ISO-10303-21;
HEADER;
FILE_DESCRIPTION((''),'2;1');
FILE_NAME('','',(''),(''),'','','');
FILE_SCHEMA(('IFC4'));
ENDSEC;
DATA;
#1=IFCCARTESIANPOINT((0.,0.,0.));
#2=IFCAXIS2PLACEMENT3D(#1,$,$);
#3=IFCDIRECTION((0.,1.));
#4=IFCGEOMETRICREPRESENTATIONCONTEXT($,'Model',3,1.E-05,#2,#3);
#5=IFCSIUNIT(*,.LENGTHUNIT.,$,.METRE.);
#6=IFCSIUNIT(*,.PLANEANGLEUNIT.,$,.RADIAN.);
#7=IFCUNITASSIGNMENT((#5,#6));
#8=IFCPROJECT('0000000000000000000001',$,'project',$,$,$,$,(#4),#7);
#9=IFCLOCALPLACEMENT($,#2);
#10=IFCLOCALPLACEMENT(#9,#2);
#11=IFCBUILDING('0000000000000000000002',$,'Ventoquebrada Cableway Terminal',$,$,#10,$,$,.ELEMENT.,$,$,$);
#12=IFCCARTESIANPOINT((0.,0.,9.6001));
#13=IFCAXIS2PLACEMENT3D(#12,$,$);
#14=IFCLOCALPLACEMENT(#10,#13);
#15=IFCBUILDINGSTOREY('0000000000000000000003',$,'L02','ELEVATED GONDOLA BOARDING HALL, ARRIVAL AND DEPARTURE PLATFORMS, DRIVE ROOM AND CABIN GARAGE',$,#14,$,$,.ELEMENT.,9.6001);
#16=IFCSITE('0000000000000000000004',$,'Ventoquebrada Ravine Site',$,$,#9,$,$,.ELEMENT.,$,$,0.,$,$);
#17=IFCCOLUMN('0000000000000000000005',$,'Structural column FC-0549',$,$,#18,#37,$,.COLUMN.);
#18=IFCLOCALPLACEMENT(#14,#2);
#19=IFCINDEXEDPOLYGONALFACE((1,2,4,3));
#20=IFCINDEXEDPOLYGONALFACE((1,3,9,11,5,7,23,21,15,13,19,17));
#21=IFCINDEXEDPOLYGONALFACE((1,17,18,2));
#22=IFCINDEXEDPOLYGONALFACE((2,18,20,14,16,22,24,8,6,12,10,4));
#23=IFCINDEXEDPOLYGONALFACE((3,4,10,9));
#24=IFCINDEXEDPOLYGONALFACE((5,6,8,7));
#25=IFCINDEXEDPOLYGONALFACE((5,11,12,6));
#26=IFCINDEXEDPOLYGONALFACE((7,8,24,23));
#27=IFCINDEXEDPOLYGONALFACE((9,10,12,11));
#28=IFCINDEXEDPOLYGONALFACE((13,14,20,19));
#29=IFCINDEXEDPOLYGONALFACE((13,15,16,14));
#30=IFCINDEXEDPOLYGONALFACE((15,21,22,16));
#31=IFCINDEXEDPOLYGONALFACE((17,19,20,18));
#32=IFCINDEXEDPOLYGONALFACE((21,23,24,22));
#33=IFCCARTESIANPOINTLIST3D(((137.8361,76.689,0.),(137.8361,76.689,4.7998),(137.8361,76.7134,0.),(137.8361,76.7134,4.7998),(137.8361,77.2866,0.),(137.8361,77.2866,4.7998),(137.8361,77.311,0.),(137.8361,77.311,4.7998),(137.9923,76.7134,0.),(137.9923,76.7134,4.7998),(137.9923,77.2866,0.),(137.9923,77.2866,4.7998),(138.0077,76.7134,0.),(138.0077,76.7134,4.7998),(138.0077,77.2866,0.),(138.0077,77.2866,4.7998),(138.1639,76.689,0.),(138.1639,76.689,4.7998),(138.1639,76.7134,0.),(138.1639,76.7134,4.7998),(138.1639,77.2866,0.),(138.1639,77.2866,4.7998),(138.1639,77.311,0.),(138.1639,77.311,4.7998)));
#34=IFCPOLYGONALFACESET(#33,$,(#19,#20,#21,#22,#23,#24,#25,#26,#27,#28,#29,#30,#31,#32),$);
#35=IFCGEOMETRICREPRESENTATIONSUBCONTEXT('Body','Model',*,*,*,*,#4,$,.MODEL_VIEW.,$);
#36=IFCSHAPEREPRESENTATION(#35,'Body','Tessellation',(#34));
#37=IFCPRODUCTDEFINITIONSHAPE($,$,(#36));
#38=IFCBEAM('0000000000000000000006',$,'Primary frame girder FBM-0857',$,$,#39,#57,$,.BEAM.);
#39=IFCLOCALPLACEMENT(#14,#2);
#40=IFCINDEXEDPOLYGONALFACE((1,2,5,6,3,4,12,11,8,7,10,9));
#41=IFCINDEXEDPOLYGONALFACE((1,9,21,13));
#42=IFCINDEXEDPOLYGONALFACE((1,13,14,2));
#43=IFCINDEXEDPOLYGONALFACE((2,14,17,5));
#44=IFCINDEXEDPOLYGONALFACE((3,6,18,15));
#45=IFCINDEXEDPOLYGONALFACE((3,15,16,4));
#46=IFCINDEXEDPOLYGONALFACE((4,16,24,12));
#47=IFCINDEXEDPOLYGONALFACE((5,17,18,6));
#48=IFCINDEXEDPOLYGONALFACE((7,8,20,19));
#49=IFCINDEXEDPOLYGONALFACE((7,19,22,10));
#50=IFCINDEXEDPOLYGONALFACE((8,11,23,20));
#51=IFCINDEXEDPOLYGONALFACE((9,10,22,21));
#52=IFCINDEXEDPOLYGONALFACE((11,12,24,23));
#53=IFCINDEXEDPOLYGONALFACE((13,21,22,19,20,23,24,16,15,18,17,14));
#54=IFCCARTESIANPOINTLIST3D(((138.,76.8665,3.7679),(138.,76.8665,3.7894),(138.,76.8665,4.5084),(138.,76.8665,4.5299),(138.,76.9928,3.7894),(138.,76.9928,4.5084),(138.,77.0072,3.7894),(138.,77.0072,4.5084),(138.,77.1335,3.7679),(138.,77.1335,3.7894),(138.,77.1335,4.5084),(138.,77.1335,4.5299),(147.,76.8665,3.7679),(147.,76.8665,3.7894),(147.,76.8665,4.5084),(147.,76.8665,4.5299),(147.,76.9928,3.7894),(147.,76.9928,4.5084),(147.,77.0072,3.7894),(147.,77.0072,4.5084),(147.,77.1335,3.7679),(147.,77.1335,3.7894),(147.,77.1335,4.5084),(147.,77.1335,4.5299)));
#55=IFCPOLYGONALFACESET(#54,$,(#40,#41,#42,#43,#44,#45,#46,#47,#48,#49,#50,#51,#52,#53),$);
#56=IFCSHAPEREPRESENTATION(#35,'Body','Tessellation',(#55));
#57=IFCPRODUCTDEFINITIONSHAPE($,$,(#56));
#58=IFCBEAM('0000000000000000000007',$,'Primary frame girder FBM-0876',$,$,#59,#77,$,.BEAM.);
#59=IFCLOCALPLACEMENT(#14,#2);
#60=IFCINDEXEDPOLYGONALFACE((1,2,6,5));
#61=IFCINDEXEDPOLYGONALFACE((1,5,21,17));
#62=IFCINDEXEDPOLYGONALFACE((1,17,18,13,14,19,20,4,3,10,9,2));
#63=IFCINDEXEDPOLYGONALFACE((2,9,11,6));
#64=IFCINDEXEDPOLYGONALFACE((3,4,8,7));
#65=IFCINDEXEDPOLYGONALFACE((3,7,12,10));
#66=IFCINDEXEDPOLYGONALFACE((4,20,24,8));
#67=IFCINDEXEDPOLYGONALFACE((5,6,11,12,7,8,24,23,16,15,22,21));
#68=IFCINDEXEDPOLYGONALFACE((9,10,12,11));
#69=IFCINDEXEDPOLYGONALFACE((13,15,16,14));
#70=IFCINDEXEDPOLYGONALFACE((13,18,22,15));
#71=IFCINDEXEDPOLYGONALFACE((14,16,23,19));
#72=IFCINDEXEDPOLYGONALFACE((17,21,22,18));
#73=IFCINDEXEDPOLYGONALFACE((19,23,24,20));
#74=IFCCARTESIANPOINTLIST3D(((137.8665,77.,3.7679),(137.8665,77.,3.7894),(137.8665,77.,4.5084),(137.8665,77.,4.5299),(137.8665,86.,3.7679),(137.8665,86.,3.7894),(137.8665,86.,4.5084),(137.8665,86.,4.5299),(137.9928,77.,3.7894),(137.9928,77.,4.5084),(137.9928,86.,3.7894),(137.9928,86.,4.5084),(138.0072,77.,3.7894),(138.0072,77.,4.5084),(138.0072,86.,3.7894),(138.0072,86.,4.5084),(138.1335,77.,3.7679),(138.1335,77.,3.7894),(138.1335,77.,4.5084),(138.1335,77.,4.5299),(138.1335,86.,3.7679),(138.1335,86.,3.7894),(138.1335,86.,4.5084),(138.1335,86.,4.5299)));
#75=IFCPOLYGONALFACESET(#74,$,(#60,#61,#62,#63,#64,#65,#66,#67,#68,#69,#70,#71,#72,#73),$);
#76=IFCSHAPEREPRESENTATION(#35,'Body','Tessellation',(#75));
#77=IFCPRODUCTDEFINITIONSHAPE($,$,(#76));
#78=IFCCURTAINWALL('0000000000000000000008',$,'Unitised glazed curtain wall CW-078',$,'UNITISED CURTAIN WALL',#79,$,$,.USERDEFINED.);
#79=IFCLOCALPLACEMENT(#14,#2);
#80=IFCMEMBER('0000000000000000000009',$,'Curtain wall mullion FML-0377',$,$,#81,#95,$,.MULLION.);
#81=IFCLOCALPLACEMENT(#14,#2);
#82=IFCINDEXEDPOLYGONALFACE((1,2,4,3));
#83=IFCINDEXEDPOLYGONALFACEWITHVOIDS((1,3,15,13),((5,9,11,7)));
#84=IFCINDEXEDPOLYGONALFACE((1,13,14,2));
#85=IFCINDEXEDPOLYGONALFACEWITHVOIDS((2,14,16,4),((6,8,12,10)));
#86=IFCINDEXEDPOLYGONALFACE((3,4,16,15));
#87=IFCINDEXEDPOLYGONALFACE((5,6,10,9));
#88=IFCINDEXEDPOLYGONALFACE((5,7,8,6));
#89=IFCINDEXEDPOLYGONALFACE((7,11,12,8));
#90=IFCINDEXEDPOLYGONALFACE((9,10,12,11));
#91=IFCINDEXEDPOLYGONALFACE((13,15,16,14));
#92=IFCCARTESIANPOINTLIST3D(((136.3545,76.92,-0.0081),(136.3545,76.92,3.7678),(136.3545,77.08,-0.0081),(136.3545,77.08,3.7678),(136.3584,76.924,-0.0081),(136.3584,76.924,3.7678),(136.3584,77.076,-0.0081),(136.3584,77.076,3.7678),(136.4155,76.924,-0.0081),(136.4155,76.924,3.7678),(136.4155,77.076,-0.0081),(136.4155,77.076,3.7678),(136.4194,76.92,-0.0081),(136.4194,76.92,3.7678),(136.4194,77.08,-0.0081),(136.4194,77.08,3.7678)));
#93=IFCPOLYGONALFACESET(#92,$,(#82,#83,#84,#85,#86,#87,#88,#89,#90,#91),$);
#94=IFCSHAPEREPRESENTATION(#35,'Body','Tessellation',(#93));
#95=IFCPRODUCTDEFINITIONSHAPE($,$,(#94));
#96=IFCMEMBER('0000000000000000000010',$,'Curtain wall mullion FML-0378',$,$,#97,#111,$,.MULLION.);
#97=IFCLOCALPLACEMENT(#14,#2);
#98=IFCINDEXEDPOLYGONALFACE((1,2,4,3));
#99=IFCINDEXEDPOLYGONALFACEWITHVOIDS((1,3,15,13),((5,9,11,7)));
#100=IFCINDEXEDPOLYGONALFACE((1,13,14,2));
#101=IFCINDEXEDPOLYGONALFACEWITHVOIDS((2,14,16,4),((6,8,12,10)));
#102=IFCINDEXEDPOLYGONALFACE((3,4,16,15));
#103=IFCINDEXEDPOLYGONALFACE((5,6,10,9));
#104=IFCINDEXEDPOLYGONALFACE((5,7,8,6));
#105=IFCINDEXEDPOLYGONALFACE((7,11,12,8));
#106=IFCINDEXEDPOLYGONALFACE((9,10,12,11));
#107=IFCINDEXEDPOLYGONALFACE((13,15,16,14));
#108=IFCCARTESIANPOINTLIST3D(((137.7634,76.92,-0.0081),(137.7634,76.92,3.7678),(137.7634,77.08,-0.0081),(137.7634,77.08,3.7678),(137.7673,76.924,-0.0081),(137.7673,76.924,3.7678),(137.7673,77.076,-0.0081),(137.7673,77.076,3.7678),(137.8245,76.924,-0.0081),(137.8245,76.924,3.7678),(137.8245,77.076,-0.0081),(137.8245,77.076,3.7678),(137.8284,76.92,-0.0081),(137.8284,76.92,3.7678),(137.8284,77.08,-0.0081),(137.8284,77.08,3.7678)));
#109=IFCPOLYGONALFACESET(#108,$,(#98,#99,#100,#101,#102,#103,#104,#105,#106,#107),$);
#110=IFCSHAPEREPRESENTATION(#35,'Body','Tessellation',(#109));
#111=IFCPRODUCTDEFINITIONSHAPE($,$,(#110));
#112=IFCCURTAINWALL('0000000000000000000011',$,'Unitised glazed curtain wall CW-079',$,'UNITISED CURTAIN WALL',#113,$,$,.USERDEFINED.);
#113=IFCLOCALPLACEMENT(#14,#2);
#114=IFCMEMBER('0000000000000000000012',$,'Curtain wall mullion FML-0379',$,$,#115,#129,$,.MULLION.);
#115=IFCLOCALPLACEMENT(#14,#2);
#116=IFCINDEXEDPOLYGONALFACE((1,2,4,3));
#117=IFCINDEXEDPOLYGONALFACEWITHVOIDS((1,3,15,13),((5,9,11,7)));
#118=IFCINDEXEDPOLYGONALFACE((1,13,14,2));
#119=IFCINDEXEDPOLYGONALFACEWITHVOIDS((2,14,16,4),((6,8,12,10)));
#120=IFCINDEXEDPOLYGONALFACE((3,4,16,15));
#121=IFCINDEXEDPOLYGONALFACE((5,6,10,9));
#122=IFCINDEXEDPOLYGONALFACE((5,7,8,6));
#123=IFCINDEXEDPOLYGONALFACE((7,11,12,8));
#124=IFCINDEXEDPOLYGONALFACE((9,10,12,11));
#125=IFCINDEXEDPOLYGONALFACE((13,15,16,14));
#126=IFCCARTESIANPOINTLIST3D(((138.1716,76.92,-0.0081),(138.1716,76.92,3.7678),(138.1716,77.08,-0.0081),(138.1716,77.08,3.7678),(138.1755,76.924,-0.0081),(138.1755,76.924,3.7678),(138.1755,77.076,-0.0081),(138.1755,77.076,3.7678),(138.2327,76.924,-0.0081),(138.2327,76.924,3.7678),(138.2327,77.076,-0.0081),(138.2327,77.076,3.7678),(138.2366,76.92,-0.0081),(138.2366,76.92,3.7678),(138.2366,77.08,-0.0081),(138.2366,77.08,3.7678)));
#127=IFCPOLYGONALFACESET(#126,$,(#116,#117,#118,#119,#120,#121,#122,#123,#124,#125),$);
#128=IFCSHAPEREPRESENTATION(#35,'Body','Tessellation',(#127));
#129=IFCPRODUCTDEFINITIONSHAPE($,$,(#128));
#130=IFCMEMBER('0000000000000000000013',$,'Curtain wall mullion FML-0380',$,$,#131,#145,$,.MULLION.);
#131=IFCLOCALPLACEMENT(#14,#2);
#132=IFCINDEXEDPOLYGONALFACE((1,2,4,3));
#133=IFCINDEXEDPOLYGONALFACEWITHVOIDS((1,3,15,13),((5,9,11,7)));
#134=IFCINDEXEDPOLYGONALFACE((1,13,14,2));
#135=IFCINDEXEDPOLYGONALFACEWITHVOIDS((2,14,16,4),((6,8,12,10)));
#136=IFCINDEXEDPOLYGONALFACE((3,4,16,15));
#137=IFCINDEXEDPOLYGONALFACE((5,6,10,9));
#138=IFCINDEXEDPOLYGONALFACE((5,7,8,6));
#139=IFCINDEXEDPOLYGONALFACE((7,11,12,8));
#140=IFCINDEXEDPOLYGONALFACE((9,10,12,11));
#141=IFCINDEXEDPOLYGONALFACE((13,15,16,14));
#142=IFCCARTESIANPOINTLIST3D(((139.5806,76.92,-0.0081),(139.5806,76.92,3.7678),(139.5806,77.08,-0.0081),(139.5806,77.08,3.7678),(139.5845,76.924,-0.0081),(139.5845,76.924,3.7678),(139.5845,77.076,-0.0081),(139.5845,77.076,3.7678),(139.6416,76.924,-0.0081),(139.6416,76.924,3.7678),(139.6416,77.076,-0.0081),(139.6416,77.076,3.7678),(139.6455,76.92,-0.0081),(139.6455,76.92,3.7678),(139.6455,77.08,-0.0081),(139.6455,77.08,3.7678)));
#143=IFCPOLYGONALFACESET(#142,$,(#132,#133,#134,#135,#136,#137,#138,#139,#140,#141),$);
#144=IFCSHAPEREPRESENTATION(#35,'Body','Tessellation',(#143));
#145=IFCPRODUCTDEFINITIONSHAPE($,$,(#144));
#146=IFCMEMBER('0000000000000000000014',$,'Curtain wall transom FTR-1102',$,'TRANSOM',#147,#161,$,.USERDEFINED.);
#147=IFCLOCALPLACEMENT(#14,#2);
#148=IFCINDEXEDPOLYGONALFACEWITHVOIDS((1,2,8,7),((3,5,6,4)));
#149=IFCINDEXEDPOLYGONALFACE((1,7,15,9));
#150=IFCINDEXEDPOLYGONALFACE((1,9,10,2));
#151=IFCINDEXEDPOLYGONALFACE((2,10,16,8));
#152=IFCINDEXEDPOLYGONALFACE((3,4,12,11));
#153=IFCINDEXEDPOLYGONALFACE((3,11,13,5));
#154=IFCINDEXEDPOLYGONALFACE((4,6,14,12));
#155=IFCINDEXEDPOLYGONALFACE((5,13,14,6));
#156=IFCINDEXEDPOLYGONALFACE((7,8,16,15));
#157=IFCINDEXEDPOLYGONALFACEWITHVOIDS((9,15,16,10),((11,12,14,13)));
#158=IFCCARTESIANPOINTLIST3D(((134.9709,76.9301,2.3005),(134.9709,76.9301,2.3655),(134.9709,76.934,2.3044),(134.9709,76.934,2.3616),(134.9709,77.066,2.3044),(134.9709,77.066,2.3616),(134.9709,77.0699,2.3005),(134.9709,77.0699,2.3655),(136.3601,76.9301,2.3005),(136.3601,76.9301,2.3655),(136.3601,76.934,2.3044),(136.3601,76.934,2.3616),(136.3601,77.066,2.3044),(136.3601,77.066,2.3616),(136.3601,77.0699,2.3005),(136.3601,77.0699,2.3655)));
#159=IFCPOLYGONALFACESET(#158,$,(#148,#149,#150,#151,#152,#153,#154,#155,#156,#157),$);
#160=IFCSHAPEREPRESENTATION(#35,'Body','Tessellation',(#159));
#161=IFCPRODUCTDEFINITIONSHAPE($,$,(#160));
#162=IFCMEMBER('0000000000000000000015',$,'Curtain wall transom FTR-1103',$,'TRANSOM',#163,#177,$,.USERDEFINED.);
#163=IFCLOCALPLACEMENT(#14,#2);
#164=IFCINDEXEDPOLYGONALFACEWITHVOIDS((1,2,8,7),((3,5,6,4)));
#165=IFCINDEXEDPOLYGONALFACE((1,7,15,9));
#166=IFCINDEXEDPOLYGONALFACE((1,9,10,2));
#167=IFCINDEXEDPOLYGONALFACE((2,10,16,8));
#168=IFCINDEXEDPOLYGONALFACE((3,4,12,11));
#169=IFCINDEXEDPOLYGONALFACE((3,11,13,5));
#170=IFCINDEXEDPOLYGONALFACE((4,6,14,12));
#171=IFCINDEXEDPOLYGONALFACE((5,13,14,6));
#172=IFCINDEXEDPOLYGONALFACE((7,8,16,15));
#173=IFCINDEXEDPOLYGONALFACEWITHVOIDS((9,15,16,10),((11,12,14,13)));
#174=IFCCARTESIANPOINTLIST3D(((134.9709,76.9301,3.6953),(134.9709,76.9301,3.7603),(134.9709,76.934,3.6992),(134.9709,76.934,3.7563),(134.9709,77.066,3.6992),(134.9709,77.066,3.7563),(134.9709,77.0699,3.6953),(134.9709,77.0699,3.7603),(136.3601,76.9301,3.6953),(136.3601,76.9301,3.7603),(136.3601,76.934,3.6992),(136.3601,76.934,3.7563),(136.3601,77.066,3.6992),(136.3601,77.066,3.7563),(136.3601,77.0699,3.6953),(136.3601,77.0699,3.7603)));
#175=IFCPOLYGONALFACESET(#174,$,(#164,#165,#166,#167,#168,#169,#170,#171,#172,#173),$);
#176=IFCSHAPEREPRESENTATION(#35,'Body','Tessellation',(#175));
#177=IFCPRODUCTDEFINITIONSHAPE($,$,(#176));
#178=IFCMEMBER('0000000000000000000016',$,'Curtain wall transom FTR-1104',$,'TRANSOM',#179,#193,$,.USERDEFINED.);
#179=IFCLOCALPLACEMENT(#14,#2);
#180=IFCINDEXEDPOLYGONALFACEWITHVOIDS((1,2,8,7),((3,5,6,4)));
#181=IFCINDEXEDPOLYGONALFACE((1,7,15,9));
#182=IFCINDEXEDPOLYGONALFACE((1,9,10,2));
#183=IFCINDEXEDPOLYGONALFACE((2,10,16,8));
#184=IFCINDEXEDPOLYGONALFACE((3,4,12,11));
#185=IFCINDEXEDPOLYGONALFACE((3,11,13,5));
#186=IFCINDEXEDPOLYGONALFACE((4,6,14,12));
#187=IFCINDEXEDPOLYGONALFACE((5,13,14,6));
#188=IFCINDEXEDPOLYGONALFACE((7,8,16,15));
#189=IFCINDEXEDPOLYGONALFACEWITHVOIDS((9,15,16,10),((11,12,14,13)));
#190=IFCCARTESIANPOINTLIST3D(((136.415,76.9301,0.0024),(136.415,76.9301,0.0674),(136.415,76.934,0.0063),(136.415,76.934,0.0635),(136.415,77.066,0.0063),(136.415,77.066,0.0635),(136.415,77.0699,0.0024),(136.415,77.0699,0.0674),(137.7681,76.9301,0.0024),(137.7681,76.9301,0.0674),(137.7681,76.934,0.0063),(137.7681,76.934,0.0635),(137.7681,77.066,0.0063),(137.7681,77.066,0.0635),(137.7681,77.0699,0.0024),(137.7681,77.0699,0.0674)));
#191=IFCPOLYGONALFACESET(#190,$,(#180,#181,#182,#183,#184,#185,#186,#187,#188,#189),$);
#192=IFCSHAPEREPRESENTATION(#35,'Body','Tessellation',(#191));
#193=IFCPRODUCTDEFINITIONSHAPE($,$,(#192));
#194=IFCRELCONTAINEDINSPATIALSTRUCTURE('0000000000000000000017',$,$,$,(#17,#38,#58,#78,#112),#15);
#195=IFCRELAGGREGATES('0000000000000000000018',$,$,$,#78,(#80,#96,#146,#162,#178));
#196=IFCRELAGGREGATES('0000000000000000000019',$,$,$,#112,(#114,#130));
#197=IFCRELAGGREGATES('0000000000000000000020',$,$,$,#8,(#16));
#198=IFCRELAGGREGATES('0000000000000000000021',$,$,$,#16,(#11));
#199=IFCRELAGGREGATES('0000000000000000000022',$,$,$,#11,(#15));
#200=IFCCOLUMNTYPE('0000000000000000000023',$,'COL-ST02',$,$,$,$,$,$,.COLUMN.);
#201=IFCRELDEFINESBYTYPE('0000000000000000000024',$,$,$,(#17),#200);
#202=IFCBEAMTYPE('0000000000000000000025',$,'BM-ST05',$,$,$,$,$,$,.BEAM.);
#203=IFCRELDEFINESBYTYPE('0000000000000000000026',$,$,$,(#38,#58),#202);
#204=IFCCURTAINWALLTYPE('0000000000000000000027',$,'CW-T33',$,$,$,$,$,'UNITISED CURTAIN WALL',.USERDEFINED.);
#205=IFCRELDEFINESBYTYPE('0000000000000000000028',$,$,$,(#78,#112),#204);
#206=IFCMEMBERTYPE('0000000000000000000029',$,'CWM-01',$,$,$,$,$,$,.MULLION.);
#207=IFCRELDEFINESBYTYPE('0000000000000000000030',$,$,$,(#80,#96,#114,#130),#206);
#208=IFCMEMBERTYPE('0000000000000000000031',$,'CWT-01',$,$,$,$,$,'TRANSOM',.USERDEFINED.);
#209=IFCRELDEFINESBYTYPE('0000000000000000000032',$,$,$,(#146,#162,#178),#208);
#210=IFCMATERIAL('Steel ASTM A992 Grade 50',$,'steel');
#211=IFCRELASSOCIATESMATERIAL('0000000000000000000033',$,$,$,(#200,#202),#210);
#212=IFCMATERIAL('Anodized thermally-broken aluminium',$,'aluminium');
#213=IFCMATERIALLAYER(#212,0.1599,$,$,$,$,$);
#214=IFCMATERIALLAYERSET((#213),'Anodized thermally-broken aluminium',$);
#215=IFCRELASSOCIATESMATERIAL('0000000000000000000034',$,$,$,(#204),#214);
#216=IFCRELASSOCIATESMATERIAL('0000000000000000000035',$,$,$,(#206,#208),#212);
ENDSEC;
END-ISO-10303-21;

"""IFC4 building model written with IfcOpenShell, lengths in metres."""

from ifc_helpers import new_model, si_unit, direction, frame, origin, origin_2d, place, context, subcontext, project, spatial, hollow_rectangle, i_section, extrude, material, layer, layer_set, material_profile, profile_set, type_object, element, aggregate, save


model = new_model("IFC4")

# Units and contexts
model_context = context("Model", 3, precision=1e-05, world=origin(), true_north=direction((0.0, 1.0)))
body_context = subcontext(model_context, "Body", "Model", "MODEL_VIEW")
ifc_project = project(units=[si_unit("LENGTHUNIT", "METRE"), si_unit("PLANEANGLEUNIT", "RADIAN")], contexts=[model_context])

# Site, building, storey
site_placement = place(None, origin())
site = spatial("IfcSite", under=ifc_project, at=site_placement, Name="Ventoquebrada Ravine Site", CompositionType="ELEMENT", RefElevation=0.0)
building_placement = place(site_placement, origin())
building = spatial("IfcBuilding", under=site, at=building_placement, Name="Ventoquebrada Cableway Terminal", CompositionType="ELEMENT")
storey_placement = place(building_placement, frame((0.0, 0.0, 9.6001)))
storey = spatial("IfcBuildingStorey", under=building, at=storey_placement, Name="L02", Description="ELEVATED GONDOLA BOARDING HALL, ARRIVAL AND DEPARTURE PLATFORMS, DRIVE ROOM AND CABIN GARAGE", CompositionType="ELEMENT", Elevation=9.6001)

# Column
ifc_material_1 = material(Name="Steel ASTM A992 Grade 50", Category="steel")
ifc_material_profile_1 = material_profile(ifc_material_1, i_section(OverallWidth=0.3279, OverallDepth=0.6221, WebThickness=0.0154, FlangeThickness=0.0244, at=origin_2d()), Name="W24X131")
ifc_profile_set_1 = profile_set([ifc_material_profile_1], Name="Steel ASTM A992 Grade 50")
column_type = type_object("IfcColumnType", Name="COL-ST02", PredefinedType="COLUMN", material=ifc_profile_set_1)
column_placement = place(storey_placement, frame((138.0, 77.0, 0.0), z_axis=(0.0, 0.0, 1.0), x_axis=(1.0, 0.0, 0.0)))
element("IfcColumn", 1, at=column_placement, inside=storey, type_object=column_type, Name="Structural column FC-0549", PredefinedType="COLUMN", context=body_context, shape_type="SweptSolid", body=[
    extrude(i_section(OverallWidth=0.3279, OverallDepth=0.6221, WebThickness=0.0154, FlangeThickness=0.0244, at=origin_2d()), origin(), (0.0, 0.0, 1.0), 4.7998),
])

# Beams
ifc_material_profile_2 = material_profile(ifc_material_1, i_section(OverallWidth=0.2671, OverallDepth=0.762, WebThickness=0.0144, FlangeThickness=0.0215, at=origin_2d()), Name="W30X116")
ifc_profile_set_2 = profile_set([ifc_material_profile_2], Name="Steel ASTM A992 Grade 50")
beam_type = type_object("IfcBeamType", Name="BM-ST05", PredefinedType="BEAM", material=ifc_profile_set_2)
for number, where, z_axis, x_axis, name in (
    (2, (138.0, 77.0, 4.1489), (1.0, 0.0, 0.0), (0.0, 1.0, 0.0), "Primary frame girder FBM-0857"),
    (3, (138.0, 77.0, 4.1489), (0.0, 1.0, 0.0), (-1.0, 0.0, 0.0), "Primary frame girder FBM-0876"),
):
    element("IfcBeam", number, at=place(storey_placement, frame(where, z_axis=z_axis, x_axis=x_axis)), inside=storey, type_object=beam_type, Name=name, PredefinedType="BEAM", context=body_context, shape_type="SweptSolid", body=[
        extrude(i_section(OverallWidth=0.2671, OverallDepth=0.762, WebThickness=0.0144, FlangeThickness=0.0215, at=origin_2d()), origin(), (0.0, 0.0, 1.0), 9.0),
    ])

# Curtain walls, members
ifc_material_2 = material(Name="Anodized thermally-broken aluminium", Category="aluminium")
ifc_layer_1 = layer(ifc_material_2, 0.1599)
ifc_layer_set_1 = layer_set([ifc_layer_1], Name="Anodized thermally-broken aluminium")
curtain_wall_type = type_object("IfcCurtainWallType", Name="CW-T33", ElementType="UNITISED CURTAIN WALL", PredefinedType="USERDEFINED", material=ifc_layer_set_1)
curtain_wall_1_placement = place(storey_placement, origin())
curtain_wall_1 = element("IfcCurtainWall", 4, at=curtain_wall_1_placement, inside=storey, type_object=curtain_wall_type, Name="Unitised glazed curtain wall CW-078", ObjectType="UNITISED CURTAIN WALL", PredefinedType="USERDEFINED")
ifc_material_profile_3 = material_profile(ifc_material_2, hollow_rectangle(XDim=0.0649, YDim=0.1599, WallThickness=0.0039, at=origin_2d()), Name="CW-MUL-65X160")
ifc_profile_set_3 = profile_set([ifc_material_profile_3], Name="Anodized thermally-broken aluminium")
member_type_1 = type_object("IfcMemberType", Name="CWM-01", PredefinedType="MULLION", material=ifc_profile_set_3)
member_1_placement = place(storey_placement, frame((136.387, 77.0, -0.0081), z_axis=(0.0, 0.0, 1.0), x_axis=(1.0, 0.0, 0.0)))
member_1 = element("IfcMember", 5, at=member_1_placement, type_object=member_type_1, Name="Curtain wall mullion FML-0377", PredefinedType="MULLION", context=body_context, shape_type="SweptSolid", body=[
    extrude(hollow_rectangle(XDim=0.0649, YDim=0.1599, WallThickness=0.0039, at=origin_2d()), origin(), (0.0, 0.0, 1.0), 3.7759),
])
member_2_placement = place(storey_placement, frame((137.7959, 77.0, -0.0081), z_axis=(0.0, 0.0, 1.0), x_axis=(1.0, 0.0, 0.0)))
member_2 = element("IfcMember", 6, at=member_2_placement, type_object=member_type_1, Name="Curtain wall mullion FML-0378", PredefinedType="MULLION", context=body_context, shape_type="SweptSolid", body=[
    extrude(hollow_rectangle(XDim=0.0649, YDim=0.1599, WallThickness=0.0039, at=origin_2d()), origin(), (0.0, 0.0, 1.0), 3.7759),
])
curtain_wall_2_placement = place(storey_placement, origin())
curtain_wall_2 = element("IfcCurtainWall", 7, at=curtain_wall_2_placement, inside=storey, type_object=curtain_wall_type, Name="Unitised glazed curtain wall CW-079", ObjectType="UNITISED CURTAIN WALL", PredefinedType="USERDEFINED")
member_3_placement = place(storey_placement, frame((138.2041, 77.0, -0.0081), z_axis=(0.0, 0.0, 1.0), x_axis=(1.0, 0.0, 0.0)))
member_3 = element("IfcMember", 8, at=member_3_placement, type_object=member_type_1, Name="Curtain wall mullion FML-0379", PredefinedType="MULLION", context=body_context, shape_type="SweptSolid", body=[
    extrude(hollow_rectangle(XDim=0.0649, YDim=0.1599, WallThickness=0.0039, at=origin_2d()), origin(), (0.0, 0.0, 1.0), 3.7759),
])
member_4_placement = place(storey_placement, frame((139.613, 77.0, -0.0081), z_axis=(0.0, 0.0, 1.0), x_axis=(1.0, 0.0, 0.0)))
member_4 = element("IfcMember", 9, at=member_4_placement, type_object=member_type_1, Name="Curtain wall mullion FML-0380", PredefinedType="MULLION", context=body_context, shape_type="SweptSolid", body=[
    extrude(hollow_rectangle(XDim=0.0649, YDim=0.1599, WallThickness=0.0039, at=origin_2d()), origin(), (0.0, 0.0, 1.0), 3.7759),
])

# Members
ifc_material_profile_4 = material_profile(ifc_material_2, hollow_rectangle(XDim=0.0649, YDim=0.1399, WallThickness=0.0039, at=origin_2d()), Name="CW-TRN-65X140")
ifc_profile_set_4 = profile_set([ifc_material_profile_4], Name="Anodized thermally-broken aluminium")
member_type_2 = type_object("IfcMemberType", Name="CWT-01", ElementType="TRANSOM", PredefinedType="USERDEFINED", material=ifc_profile_set_4)
member_5_placement = place(storey_placement, frame((134.9709, 77.0, 2.333), z_axis=(1.0, 0.0, 0.0), x_axis=(0.0, 0.0, 1.0)))
member_5 = element("IfcMember", 10, at=member_5_placement, type_object=member_type_2, Name="Curtain wall transom FTR-1102", ObjectType="TRANSOM", PredefinedType="USERDEFINED", context=body_context, shape_type="SweptSolid", body=[
    extrude(hollow_rectangle(XDim=0.0649, YDim=0.1399, WallThickness=0.0039, at=origin_2d()), origin(), (0.0, 0.0, 1.0), 1.3892),
])
member_6_placement = place(storey_placement, frame((134.9709, 77.0, 3.7278), z_axis=(1.0, 0.0, 0.0), x_axis=(0.0, 0.0, 1.0)))
member_6 = element("IfcMember", 11, at=member_6_placement, type_object=member_type_2, Name="Curtain wall transom FTR-1103", ObjectType="TRANSOM", PredefinedType="USERDEFINED", context=body_context, shape_type="SweptSolid", body=[
    extrude(hollow_rectangle(XDim=0.0649, YDim=0.1399, WallThickness=0.0039, at=origin_2d()), origin(), (0.0, 0.0, 1.0), 1.3892),
])
member_7_placement = place(storey_placement, frame((136.415, 77.0, 0.0349), z_axis=(1.0, 0.0, 0.0), x_axis=(0.0, 0.0, 1.0)))
member_7 = element("IfcMember", 12, at=member_7_placement, type_object=member_type_2, Name="Curtain wall transom FTR-1104", ObjectType="TRANSOM", PredefinedType="USERDEFINED", context=body_context, shape_type="SweptSolid", body=[
    extrude(hollow_rectangle(XDim=0.0649, YDim=0.1399, WallThickness=0.0039, at=origin_2d()), origin(), (0.0, 0.0, 1.0), 1.353),
])

aggregate(curtain_wall_1, [member_1, member_2, member_5, member_6, member_7])
aggregate(curtain_wall_2, [member_3, member_4])

save(model, "model.ifc")
